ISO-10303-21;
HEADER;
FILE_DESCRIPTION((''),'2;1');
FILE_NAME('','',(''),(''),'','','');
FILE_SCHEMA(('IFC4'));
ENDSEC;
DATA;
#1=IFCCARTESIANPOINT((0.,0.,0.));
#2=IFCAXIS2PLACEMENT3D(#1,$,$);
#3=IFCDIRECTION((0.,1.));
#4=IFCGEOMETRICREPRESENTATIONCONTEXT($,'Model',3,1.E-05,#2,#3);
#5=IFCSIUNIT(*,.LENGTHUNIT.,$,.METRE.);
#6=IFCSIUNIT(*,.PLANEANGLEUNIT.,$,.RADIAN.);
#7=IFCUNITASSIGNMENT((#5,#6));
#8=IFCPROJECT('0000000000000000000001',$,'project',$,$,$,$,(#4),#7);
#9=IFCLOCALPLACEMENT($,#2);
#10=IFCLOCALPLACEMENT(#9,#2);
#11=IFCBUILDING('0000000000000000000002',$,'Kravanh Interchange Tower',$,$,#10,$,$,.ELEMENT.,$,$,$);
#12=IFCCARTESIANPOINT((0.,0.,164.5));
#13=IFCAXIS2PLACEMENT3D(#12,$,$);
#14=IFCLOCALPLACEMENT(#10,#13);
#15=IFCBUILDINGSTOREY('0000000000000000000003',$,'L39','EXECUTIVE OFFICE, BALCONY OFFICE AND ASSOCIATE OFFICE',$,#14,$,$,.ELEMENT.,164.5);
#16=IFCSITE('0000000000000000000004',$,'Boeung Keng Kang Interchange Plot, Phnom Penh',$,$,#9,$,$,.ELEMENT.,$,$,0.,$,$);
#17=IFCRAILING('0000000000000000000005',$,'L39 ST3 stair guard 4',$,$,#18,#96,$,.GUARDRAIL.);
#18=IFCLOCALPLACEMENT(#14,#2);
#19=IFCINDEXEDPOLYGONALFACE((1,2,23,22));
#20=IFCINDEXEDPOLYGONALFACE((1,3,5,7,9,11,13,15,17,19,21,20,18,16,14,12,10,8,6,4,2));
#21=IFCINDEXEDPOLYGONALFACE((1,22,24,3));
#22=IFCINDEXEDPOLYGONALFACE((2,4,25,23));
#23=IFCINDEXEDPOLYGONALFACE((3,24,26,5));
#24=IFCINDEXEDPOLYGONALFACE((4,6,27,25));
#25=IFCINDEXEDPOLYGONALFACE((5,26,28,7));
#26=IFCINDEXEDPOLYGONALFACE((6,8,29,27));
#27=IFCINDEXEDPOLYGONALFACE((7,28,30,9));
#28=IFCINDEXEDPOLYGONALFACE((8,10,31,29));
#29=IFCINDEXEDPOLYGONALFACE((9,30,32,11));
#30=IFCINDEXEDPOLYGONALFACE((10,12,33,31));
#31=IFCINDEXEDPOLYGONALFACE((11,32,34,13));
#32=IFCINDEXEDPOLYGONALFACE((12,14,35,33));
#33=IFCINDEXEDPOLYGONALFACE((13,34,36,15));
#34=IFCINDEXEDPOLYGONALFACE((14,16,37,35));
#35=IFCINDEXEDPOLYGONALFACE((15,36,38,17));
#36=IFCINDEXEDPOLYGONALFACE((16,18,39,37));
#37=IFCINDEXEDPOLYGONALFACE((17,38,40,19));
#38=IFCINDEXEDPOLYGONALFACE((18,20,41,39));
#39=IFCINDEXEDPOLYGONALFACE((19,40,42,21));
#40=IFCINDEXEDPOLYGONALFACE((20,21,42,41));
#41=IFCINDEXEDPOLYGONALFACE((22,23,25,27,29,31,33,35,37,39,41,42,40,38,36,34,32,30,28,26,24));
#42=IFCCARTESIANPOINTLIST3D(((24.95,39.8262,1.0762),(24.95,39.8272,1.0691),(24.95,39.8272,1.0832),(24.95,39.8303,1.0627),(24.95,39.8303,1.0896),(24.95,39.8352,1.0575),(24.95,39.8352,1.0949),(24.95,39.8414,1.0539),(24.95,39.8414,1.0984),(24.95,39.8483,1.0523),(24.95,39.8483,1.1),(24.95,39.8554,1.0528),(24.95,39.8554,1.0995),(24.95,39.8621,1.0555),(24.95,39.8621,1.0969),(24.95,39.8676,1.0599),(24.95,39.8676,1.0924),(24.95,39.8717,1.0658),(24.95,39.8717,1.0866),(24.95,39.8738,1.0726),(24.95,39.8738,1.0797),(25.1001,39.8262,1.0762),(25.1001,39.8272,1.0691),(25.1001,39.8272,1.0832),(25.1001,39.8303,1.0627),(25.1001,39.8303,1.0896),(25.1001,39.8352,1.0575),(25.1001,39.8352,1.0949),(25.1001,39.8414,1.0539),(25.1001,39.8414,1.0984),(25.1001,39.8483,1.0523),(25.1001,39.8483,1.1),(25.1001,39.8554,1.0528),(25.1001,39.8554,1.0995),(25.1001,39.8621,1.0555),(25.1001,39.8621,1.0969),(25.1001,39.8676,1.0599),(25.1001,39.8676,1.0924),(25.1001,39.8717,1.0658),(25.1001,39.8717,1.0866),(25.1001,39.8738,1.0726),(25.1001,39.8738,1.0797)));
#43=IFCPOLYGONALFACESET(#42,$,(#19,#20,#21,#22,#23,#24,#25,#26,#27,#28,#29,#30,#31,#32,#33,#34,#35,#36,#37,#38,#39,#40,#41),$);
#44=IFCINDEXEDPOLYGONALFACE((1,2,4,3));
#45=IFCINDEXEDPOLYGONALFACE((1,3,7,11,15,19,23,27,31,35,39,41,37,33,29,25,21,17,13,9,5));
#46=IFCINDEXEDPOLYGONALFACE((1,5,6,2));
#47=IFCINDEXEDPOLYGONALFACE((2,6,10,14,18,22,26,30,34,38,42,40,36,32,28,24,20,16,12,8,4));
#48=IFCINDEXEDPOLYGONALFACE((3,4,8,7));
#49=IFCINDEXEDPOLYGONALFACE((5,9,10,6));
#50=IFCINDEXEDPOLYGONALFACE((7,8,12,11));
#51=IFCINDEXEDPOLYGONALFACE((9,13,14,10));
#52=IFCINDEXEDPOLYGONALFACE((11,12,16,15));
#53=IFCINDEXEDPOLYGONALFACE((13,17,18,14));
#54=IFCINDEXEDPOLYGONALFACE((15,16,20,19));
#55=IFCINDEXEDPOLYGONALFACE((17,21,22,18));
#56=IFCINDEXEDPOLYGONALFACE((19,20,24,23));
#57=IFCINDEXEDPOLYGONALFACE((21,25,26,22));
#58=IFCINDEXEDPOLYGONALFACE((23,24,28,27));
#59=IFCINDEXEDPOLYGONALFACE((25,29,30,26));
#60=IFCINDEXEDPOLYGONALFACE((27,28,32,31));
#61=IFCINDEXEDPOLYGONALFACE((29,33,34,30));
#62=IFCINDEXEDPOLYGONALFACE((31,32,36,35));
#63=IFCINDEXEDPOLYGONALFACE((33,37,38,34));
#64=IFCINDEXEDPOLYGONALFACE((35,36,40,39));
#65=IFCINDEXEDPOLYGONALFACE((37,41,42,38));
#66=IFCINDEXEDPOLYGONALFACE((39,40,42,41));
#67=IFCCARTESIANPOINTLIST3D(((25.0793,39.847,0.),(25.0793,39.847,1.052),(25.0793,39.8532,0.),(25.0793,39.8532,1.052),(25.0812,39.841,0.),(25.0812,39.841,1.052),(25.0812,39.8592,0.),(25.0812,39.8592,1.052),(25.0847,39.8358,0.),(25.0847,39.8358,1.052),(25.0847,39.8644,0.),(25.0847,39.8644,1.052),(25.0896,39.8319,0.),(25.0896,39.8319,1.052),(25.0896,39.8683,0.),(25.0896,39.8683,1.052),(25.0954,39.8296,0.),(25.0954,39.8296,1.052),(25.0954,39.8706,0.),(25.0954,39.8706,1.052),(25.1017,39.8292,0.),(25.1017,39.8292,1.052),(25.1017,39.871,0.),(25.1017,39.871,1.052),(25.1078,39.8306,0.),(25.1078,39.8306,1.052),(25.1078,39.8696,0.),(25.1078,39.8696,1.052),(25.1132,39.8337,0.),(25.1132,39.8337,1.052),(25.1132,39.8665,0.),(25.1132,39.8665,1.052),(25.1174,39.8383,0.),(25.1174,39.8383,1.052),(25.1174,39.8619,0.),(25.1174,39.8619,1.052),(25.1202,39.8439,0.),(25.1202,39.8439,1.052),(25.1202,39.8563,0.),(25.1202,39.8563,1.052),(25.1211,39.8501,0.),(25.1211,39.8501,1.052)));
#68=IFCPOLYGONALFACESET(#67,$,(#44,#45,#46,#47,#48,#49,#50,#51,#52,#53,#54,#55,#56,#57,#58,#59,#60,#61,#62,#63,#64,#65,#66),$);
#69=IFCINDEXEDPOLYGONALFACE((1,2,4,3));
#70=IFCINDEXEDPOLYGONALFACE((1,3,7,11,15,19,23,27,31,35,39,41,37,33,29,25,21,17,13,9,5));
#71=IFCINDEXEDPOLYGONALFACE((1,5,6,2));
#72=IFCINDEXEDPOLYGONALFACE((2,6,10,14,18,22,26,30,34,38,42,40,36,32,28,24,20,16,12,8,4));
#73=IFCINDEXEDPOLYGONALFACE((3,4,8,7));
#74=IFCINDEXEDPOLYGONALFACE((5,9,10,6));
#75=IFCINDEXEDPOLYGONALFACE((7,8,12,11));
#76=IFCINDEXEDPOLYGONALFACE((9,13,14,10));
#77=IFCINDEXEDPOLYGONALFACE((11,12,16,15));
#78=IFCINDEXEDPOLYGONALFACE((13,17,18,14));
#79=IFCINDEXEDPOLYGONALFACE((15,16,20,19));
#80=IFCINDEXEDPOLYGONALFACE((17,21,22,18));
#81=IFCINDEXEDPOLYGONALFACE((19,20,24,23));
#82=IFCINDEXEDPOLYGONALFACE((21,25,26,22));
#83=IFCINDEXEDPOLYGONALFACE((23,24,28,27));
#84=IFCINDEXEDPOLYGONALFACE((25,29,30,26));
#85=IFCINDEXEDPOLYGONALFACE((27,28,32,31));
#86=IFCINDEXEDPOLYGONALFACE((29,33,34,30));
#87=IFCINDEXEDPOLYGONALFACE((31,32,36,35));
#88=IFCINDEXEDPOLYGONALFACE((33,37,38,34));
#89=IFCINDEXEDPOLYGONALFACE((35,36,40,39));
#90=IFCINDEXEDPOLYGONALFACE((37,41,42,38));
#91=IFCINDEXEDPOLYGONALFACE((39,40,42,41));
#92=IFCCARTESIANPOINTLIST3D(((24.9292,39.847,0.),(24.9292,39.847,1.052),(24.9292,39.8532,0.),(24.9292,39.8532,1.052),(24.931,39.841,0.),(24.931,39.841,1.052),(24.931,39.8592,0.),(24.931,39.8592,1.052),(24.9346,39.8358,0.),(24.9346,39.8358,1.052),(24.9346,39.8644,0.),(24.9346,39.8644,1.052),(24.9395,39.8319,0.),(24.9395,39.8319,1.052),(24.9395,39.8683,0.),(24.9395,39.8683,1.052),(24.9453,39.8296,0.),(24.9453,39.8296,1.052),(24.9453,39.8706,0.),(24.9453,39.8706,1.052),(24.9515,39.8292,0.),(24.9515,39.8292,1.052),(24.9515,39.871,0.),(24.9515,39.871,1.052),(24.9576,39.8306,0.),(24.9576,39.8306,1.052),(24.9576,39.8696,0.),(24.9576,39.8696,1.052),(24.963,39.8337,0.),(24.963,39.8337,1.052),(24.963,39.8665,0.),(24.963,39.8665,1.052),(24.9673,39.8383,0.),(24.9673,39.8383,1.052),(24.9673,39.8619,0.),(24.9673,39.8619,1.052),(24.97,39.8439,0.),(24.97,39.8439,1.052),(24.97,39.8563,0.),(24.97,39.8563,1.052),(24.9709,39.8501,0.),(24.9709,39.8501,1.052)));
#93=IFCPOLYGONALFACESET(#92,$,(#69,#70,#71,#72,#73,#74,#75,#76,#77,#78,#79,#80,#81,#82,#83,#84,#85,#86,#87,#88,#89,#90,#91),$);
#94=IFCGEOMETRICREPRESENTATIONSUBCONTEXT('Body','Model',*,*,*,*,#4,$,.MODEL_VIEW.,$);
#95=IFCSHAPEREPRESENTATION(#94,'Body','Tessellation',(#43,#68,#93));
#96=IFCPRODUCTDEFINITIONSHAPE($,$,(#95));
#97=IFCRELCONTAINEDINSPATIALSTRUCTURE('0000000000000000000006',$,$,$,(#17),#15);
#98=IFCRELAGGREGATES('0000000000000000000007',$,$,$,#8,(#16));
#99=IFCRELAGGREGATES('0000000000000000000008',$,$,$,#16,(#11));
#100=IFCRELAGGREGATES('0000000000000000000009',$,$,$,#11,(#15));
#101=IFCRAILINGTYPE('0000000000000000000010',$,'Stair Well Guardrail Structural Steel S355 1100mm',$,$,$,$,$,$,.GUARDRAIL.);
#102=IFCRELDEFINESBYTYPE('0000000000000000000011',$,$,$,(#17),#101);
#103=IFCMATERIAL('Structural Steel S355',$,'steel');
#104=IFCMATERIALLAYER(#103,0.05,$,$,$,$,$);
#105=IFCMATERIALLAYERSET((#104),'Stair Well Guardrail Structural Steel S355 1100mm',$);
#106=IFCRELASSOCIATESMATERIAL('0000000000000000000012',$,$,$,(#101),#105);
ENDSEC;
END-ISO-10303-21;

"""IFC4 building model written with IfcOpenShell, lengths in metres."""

from ifc_helpers import new_model, si_unit, direction, frame, origin, origin_2d, place, context, subcontext, project, spatial, circle, extrude, material, layer, layer_set, type_object, element, save


model = new_model("IFC4")

# Units and contexts
model_context = context("Model", 3, precision=1e-05, world=origin(), true_north=direction((0.0, 1.0)))
body_context = subcontext(model_context, "Body", "Model", "MODEL_VIEW")
ifc_project = project(units=[si_unit("LENGTHUNIT", "METRE"), si_unit("PLANEANGLEUNIT", "RADIAN")], contexts=[model_context])

# Site, building, storey
site_placement = place(None, origin())
site = spatial("IfcSite", under=ifc_project, at=site_placement, Name="Boeung Keng Kang Interchange Plot, Phnom Penh", CompositionType="ELEMENT", RefElevation=0.0)
building_placement = place(site_placement, origin())
building = spatial("IfcBuilding", under=site, at=building_placement, Name="Kravanh Interchange Tower", CompositionType="ELEMENT")
storey_placement = place(building_placement, frame((0.0, 0.0, 164.5)))
storey = spatial("IfcBuildingStorey", under=building, at=storey_placement, Name="L39", Description="EXECUTIVE OFFICE, BALCONY OFFICE AND ASSOCIATE OFFICE", CompositionType="ELEMENT", Elevation=164.5)

# Railing
ifc_material_1 = material(Name="Structural Steel S355", Category="steel")
ifc_layer_1 = layer(ifc_material_1, 0.05)
ifc_layer_set_1 = layer_set([ifc_layer_1], Name="Stair Well Guardrail Structural Steel S355 1100mm")
railing_type_1 = type_object("IfcRailingType", Name="Stair Well Guardrail Structural Steel S355 1100mm", PredefinedType="GUARDRAIL", material=ifc_layer_set_1)
railing_1_placement = place(storey_placement, frame((25.1001, 39.8501, 0.0)))
element("IfcRailing", 1, at=railing_1_placement, inside=storey, type_object=railing_type_1, Name="L39 ST3 stair guard 4", PredefinedType="GUARDRAIL", context=body_context, shape_type="SweptSolid", body=[
    extrude(circle(Radius=0.0239, at=origin_2d()), frame((0.0, 0.0, 1.0762), z_axis=(-1.0, 0.0, 0.0), x_axis=(0.0, -1.0, 0.0)), (0.0, 0.0, 1.0), 0.1501),
    extrude(circle(Radius=0.021, at=origin_2d()), origin(), (0.0, 0.0, 1.0), 1.052),
    extrude(circle(Radius=0.021, at=origin_2d()), frame((-0.1501, 0.0, 0.0)), (0.0, 0.0, 1.0), 1.052),
])

save(model, "model.ifc")
